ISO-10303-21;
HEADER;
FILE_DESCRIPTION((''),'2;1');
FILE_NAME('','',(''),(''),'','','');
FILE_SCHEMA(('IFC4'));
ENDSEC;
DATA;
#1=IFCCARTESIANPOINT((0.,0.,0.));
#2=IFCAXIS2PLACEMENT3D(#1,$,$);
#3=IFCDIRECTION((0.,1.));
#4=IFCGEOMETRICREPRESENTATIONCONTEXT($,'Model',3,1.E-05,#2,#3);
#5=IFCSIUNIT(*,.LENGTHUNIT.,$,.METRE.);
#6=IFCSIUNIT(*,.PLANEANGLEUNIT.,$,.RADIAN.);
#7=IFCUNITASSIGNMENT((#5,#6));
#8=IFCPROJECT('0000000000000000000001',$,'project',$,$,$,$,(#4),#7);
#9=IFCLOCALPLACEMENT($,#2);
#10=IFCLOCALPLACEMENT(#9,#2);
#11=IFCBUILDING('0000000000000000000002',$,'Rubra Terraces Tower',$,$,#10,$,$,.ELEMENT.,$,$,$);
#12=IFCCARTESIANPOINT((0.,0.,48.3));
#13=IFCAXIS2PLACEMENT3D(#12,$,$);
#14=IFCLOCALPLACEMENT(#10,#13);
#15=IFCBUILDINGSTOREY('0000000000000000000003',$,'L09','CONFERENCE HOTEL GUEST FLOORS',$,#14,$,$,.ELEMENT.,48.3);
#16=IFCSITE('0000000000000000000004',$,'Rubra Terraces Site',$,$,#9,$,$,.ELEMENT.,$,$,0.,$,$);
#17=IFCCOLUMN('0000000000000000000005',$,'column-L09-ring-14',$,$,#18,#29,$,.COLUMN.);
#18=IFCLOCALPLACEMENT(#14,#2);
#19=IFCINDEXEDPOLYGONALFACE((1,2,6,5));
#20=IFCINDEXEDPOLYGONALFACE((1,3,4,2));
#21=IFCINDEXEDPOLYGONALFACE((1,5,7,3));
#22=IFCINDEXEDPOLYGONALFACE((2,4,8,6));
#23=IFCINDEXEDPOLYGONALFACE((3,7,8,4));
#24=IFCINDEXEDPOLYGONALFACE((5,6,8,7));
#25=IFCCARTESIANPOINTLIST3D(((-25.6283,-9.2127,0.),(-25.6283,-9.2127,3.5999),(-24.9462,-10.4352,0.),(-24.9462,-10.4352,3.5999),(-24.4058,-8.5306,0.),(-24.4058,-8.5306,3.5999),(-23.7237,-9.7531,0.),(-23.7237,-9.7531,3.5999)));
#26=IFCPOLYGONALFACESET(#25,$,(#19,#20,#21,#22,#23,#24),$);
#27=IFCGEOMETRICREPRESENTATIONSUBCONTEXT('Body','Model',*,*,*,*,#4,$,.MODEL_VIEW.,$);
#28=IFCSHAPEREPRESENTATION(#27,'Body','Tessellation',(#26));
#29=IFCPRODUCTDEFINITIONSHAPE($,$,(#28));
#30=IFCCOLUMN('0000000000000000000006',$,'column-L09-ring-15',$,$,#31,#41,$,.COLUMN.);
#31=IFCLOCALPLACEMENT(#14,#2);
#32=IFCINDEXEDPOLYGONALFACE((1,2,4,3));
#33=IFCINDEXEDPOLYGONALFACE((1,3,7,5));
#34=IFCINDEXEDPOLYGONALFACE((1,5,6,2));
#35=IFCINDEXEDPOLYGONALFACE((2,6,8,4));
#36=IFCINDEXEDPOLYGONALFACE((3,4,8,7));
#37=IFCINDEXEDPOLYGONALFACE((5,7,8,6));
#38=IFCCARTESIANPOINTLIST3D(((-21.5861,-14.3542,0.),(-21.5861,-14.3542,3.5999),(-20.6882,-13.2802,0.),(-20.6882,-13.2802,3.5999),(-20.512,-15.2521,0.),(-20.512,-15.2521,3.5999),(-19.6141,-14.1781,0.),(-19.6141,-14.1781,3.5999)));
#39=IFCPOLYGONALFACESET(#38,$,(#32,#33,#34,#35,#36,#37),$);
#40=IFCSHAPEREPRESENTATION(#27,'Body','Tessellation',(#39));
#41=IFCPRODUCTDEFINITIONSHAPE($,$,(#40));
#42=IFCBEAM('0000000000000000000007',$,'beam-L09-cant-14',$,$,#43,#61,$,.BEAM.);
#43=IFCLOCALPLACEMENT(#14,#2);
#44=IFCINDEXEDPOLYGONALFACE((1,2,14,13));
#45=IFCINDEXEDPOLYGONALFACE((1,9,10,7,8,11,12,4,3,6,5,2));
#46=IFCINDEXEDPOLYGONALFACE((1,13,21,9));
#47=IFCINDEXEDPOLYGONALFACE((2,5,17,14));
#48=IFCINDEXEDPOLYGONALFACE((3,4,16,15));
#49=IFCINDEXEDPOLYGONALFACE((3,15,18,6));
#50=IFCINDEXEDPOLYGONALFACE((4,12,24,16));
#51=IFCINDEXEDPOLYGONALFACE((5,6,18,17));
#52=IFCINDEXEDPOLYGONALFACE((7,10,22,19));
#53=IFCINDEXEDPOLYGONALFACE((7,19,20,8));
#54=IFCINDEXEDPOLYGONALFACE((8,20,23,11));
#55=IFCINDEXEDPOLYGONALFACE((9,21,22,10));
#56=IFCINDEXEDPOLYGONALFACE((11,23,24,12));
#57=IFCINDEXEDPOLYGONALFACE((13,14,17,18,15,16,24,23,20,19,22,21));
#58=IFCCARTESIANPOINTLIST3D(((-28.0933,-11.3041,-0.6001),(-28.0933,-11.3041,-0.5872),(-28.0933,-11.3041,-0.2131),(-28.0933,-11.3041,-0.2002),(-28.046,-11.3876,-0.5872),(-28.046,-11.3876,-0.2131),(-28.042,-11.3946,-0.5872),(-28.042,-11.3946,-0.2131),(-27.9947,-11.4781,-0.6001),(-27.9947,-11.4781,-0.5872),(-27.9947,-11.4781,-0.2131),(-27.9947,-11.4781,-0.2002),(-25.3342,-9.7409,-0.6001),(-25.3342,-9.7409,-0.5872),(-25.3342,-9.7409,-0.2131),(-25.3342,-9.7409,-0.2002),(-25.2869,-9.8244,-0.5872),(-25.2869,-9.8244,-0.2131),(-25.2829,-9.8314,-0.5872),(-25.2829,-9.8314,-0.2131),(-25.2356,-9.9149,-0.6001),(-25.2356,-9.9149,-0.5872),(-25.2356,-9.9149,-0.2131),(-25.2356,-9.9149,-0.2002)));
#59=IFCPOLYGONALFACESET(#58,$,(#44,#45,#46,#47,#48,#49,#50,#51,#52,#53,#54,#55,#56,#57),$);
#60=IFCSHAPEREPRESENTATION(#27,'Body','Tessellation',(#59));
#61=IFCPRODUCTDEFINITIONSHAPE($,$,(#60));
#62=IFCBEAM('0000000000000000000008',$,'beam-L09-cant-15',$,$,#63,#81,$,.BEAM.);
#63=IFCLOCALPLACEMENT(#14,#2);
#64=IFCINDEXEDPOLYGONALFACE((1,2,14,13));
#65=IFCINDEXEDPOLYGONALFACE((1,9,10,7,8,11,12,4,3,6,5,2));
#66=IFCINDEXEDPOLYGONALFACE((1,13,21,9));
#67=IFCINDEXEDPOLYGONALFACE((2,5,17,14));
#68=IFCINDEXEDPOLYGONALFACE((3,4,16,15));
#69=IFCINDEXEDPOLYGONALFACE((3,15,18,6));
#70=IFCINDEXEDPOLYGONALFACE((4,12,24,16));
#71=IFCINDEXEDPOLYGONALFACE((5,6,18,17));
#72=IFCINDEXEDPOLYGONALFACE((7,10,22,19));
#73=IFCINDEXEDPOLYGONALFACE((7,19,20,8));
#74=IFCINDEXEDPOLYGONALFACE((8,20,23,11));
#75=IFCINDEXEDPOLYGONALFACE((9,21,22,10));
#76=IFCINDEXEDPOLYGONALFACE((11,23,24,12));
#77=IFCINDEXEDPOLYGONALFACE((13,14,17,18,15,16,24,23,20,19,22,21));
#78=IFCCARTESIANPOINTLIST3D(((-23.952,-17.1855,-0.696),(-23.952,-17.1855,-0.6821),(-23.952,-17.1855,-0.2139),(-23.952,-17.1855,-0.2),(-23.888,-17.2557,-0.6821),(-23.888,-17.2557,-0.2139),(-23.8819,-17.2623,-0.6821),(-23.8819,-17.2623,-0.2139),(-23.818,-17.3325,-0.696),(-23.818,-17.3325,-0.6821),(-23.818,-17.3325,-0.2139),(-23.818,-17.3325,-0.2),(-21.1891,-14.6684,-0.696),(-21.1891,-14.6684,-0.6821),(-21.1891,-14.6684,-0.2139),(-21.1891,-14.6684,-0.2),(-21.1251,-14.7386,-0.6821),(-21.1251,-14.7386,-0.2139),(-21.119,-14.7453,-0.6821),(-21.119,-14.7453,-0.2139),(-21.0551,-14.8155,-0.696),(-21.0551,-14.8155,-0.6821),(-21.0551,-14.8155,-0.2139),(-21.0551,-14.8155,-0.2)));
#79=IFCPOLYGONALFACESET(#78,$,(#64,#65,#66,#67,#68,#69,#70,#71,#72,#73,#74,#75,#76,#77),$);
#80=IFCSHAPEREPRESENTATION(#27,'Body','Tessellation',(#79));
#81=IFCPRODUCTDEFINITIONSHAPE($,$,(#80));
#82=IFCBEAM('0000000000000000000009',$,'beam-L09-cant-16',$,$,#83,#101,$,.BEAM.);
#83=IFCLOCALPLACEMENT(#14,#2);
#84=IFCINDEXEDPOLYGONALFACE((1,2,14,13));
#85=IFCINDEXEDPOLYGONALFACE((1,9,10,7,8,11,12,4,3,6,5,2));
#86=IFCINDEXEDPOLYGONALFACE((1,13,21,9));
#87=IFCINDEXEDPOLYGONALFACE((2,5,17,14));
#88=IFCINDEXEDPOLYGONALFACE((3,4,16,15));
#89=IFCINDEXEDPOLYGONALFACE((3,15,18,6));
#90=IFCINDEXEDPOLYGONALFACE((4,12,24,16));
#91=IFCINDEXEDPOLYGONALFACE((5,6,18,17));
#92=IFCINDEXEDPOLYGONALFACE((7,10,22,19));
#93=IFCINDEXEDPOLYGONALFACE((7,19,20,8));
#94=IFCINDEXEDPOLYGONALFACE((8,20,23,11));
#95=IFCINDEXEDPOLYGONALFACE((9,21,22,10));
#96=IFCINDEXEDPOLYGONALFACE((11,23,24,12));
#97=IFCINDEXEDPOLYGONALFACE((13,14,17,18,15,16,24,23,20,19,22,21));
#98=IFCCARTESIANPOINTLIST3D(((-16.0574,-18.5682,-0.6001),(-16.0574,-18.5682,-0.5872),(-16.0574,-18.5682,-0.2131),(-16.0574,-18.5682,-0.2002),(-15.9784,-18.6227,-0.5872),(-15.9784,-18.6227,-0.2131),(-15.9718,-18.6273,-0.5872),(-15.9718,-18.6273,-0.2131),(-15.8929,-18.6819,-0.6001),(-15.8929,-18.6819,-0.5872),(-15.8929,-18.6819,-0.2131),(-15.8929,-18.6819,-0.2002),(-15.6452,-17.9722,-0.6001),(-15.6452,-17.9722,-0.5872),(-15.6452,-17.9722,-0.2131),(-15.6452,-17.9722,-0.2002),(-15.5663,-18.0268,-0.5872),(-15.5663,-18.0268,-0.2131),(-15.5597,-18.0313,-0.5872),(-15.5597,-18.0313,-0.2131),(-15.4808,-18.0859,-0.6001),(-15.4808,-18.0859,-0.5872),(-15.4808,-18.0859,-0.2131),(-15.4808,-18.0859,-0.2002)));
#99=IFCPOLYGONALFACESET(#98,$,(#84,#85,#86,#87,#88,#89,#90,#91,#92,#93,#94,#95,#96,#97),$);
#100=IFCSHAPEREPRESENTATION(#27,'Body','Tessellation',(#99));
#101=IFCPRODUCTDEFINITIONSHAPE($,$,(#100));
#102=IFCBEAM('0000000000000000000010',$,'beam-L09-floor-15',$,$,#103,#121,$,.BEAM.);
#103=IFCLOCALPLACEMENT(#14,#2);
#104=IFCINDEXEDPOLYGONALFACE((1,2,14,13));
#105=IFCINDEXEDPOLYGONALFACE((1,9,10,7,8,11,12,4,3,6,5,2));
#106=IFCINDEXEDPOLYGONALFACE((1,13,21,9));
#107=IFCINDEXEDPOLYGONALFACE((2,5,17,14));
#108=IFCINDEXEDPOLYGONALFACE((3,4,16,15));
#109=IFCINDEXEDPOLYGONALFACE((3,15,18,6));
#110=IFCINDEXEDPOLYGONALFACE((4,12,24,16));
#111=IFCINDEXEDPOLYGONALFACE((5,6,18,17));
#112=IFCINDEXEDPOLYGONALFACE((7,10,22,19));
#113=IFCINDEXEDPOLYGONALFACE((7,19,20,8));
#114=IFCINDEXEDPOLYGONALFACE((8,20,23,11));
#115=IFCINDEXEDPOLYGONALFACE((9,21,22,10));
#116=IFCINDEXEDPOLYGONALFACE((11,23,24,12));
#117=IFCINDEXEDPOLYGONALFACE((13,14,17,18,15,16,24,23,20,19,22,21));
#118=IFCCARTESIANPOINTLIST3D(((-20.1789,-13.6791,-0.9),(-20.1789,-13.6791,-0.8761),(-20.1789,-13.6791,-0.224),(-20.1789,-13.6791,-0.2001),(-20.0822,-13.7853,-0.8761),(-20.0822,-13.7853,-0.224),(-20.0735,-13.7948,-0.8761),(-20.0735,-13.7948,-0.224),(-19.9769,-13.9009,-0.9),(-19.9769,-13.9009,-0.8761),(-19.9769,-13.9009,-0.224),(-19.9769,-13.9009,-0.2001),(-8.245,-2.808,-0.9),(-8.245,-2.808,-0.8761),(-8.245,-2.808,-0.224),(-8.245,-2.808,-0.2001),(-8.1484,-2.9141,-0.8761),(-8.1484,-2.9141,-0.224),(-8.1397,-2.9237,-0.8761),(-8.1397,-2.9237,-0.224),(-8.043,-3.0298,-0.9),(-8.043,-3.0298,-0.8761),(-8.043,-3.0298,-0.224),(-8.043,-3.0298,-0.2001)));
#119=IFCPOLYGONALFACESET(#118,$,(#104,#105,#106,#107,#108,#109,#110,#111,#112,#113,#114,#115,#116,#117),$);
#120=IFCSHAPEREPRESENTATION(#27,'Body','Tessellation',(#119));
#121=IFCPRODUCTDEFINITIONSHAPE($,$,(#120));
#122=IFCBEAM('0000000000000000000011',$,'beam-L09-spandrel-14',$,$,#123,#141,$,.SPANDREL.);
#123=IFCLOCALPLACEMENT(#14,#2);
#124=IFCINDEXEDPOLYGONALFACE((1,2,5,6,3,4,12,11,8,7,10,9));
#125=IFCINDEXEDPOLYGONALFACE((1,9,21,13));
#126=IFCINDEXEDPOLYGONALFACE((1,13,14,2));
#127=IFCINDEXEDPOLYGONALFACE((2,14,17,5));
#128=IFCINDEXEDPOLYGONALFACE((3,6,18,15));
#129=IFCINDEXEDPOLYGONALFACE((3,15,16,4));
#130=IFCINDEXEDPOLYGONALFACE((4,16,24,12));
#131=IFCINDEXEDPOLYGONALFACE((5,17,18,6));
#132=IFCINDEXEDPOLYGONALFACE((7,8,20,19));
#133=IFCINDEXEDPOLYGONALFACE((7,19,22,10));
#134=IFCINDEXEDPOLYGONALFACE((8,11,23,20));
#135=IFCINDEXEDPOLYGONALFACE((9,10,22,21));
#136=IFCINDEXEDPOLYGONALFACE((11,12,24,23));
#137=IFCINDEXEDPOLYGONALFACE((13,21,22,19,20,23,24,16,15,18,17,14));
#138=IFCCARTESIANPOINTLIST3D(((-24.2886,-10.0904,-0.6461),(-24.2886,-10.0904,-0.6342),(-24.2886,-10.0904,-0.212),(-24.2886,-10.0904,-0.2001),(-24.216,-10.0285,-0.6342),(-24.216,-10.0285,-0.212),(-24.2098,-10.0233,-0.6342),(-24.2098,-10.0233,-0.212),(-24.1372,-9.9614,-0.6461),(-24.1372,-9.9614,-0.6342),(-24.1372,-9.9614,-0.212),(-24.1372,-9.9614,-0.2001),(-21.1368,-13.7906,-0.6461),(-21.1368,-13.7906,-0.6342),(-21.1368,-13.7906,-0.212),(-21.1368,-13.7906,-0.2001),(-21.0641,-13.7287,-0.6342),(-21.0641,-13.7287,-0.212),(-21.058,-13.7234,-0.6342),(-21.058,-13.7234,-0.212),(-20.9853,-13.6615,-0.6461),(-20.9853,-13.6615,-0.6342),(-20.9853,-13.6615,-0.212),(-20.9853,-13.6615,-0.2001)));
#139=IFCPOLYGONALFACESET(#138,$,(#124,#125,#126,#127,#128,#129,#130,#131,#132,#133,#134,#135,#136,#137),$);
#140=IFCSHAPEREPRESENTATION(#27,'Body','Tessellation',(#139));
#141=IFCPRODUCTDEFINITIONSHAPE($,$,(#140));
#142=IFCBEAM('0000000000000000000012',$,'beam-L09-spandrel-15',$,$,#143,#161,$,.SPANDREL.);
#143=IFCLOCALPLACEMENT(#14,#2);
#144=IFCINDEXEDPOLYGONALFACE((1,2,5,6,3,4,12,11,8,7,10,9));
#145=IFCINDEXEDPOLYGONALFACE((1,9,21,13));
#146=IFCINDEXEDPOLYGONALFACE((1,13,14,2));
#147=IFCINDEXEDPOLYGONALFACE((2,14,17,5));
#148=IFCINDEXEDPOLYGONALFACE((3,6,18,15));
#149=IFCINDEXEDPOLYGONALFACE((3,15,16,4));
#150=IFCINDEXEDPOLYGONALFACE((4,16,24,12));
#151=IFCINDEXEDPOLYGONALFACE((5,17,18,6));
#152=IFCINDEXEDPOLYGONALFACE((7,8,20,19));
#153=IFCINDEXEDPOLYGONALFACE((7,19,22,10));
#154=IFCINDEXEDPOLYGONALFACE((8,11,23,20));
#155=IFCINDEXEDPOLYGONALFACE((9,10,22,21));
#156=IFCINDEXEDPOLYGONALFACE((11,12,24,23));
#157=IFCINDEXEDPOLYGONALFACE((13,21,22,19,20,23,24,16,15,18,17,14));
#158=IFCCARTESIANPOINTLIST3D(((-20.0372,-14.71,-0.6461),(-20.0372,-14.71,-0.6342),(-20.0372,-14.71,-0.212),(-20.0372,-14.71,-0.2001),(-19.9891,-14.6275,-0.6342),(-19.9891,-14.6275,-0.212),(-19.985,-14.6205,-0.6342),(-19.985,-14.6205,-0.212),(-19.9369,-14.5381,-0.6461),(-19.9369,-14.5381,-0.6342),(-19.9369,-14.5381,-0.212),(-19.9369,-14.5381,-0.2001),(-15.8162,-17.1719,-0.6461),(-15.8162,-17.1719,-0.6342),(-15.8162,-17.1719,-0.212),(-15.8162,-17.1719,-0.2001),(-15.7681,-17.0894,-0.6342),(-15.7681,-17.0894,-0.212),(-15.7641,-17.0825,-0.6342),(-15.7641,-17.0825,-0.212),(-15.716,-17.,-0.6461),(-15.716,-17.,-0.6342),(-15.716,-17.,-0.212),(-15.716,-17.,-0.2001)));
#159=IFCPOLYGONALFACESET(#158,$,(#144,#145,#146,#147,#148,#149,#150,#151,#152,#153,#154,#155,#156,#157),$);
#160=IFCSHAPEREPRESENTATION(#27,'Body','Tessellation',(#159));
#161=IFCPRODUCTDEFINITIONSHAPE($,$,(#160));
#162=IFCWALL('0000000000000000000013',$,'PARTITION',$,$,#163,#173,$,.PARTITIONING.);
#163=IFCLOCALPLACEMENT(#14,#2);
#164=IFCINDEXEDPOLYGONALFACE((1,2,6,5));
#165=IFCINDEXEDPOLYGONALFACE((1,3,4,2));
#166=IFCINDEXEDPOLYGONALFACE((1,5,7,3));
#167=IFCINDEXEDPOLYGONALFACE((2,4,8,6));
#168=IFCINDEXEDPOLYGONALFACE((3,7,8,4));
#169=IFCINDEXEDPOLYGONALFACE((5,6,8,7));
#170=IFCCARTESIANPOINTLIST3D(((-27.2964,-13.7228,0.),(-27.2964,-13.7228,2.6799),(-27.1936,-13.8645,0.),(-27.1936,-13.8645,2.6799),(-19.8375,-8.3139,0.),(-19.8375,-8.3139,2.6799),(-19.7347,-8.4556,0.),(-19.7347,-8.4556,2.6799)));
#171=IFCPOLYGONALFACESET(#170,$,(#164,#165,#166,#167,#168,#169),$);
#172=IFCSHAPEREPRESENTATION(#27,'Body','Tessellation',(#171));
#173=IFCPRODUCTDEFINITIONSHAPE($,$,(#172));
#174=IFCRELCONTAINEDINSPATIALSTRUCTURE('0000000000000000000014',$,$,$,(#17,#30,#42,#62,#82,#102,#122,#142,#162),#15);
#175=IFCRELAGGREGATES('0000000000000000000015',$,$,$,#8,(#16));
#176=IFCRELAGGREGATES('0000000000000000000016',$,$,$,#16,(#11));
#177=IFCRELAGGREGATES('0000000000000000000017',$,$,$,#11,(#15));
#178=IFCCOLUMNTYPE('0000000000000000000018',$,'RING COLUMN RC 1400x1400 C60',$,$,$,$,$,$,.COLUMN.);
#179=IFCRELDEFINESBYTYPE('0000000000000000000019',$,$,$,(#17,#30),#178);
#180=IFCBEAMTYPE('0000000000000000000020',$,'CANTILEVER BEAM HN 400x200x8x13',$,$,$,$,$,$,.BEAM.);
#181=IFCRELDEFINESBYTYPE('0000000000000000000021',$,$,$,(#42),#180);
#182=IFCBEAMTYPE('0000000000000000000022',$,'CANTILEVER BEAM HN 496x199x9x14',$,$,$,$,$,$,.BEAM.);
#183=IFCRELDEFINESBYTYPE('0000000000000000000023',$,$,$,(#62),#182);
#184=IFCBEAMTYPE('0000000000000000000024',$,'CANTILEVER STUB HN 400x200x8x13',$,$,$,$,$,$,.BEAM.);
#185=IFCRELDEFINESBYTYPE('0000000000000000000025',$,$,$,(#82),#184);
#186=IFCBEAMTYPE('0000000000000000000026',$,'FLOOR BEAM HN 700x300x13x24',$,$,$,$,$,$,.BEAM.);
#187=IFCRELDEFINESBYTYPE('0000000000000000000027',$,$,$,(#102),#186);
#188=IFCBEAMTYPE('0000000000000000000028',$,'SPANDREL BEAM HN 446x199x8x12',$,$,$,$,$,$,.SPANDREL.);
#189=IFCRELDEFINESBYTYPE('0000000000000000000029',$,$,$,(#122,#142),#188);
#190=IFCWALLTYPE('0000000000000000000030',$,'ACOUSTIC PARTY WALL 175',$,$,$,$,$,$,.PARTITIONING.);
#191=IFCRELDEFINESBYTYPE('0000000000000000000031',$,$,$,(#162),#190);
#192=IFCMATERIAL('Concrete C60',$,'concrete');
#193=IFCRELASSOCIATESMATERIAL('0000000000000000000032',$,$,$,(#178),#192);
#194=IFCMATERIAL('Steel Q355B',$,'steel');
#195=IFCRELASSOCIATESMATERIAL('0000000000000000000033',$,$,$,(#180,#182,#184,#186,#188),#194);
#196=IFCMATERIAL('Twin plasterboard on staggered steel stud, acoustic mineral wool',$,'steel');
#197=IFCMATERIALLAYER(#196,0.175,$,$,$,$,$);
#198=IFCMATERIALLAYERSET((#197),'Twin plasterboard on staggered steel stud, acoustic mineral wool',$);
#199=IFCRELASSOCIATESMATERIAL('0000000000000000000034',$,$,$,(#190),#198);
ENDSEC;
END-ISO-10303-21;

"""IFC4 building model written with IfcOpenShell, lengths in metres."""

from ifc_helpers import new_model, si_unit, direction, frame, frame_2d, origin, origin_2d, place, context, subcontext, project, spatial, rectangle, i_section, extrude, material, layer, layer_set, material_profile, profile_set, type_object, element, save


model = new_model("IFC4")

# Units and contexts
model_context = context("Model", 3, precision=1e-05, world=origin(), true_north=direction((0.0, 1.0)))
body_context = subcontext(model_context, "Body", "Model", "MODEL_VIEW")
ifc_project = project(units=[si_unit("LENGTHUNIT", "METRE"), si_unit("PLANEANGLEUNIT", "RADIAN")], contexts=[model_context])

# Site, building, storey
site_placement = place(None, origin())
site = spatial("IfcSite", under=ifc_project, at=site_placement, Name="Rubra Terraces Site", CompositionType="ELEMENT", RefElevation=0.0)
building_placement = place(site_placement, origin())
building = spatial("IfcBuilding", under=site, at=building_placement, Name="Rubra Terraces Tower", CompositionType="ELEMENT")
storey_placement = place(building_placement, frame((0.0, 0.0, 48.3)))
storey = spatial("IfcBuildingStorey", under=building, at=storey_placement, Name="L09", Description="CONFERENCE HOTEL GUEST FLOORS", CompositionType="ELEMENT", Elevation=48.3)

# Columns
ifc_material_1 = material(Name="Concrete C60", Category="concrete")
ifc_material_profile_1 = material_profile(ifc_material_1, rectangle(XDim=1.3999, YDim=1.3999, at=origin_2d()), Name="RC 1400x1400")
ifc_profile_set_1 = profile_set([ifc_material_profile_1], Name="Concrete C60")
column_type = type_object("IfcColumnType", Name="RING COLUMN RC 1400x1400 C60", PredefinedType="COLUMN", material=ifc_profile_set_1)
for number, where, z_axis, x_axis, name in (
    (1, (-24.676, -9.4829, 0.0), (0.0, 0.0, 1.0), (0.487227, -0.873276, 0.0), "column-L09-ring-14"),
    (2, (-20.6001, -14.2661, 0.0), (0.0, 0.0, 1.0), (0.76721, -0.641397, 0.0), "column-L09-ring-15"),
):
    element("IfcColumn", number, at=place(storey_placement, frame(where, z_axis=z_axis, x_axis=x_axis)), inside=storey, type_object=column_type, Name=name, PredefinedType="COLUMN", context=body_context, shape_type="SweptSolid", body=[
        extrude(rectangle(XDim=1.3999, YDim=1.3999, at=origin_2d()), origin(), (0.0, 0.0, 1.0), 3.5999),
    ])

# Beams
ifc_material_2 = material(Name="Steel Q355B", Category="steel")
ifc_material_profile_2 = material_profile(ifc_material_2, i_section(OverallWidth=0.2, OverallDepth=0.3999, WebThickness=0.0081, FlangeThickness=0.0129, at=origin_2d()), Name="HN 400x200x8x13")
ifc_profile_set_2 = profile_set([ifc_material_profile_2], Name="Steel Q355B")
beam_type_1 = type_object("IfcBeamType", Name="CANTILEVER BEAM HN 400x200x8x13", PredefinedType="BEAM", material=ifc_profile_set_2)
beam_1_placement = place(storey_placement, frame((-25.2849, -9.8279, -0.4001), z_axis=(-0.870052, -0.49296, 0.0), x_axis=(0.49296, -0.870052, 0.0)))
element("IfcBeam", 3, at=beam_1_placement, inside=storey, type_object=beam_type_1, Name="beam-L09-cant-14", PredefinedType="BEAM", context=body_context, shape_type="SweptSolid", body=[
    extrude(i_section(OverallWidth=0.2, OverallDepth=0.3999, WebThickness=0.0081, FlangeThickness=0.0129, at=origin_2d()), origin(), (0.0, 0.0, 1.0), 3.1711),
])
ifc_material_profile_3 = material_profile(ifc_material_2, i_section(OverallWidth=0.199, OverallDepth=0.4961, WebThickness=0.009, FlangeThickness=0.0139, at=origin_2d()), Name="HN 496x199x9x14")
ifc_profile_set_3 = profile_set([ifc_material_profile_3], Name="Steel Q355B")
beam_type_2 = type_object("IfcBeamType", Name="CANTILEVER BEAM HN 496x199x9x14", PredefinedType="BEAM", material=ifc_profile_set_3)
beam_2_placement = place(storey_placement, frame((-21.1221, -14.7419, -0.448), z_axis=(-0.73923, -0.673453, 0.0), x_axis=(0.673453, -0.73923, 0.0)))
element("IfcBeam", 4, at=beam_2_placement, inside=storey, type_object=beam_type_2, Name="beam-L09-cant-15", PredefinedType="BEAM", context=body_context, shape_type="SweptSolid", body=[
    extrude(i_section(OverallWidth=0.199, OverallDepth=0.4961, WebThickness=0.009, FlangeThickness=0.0139, at=origin_2d()), origin(), (0.0, 0.0, 1.0), 3.7375),
])
ifc_material_profile_4 = material_profile(ifc_material_2, i_section(OverallWidth=0.2, OverallDepth=0.3999, WebThickness=0.0081, FlangeThickness=0.0129, at=origin_2d()), Name="HN 400x200x8x13")
ifc_profile_set_4 = profile_set([ifc_material_profile_4], Name="Steel Q355B")
beam_type_3 = type_object("IfcBeamType", Name="CANTILEVER STUB HN 400x200x8x13", PredefinedType="BEAM", material=ifc_profile_set_4)
beam_3_placement = place(storey_placement, frame((-15.563, -18.0291, -0.4001), z_axis=(-0.568772, -0.822495, 0.0), x_axis=(0.822495, -0.568772, 0.0)))
element("IfcBeam", 5, at=beam_3_placement, inside=storey, type_object=beam_type_3, Name="beam-L09-cant-16", PredefinedType="BEAM", context=body_context, shape_type="SweptSolid", body=[
    extrude(i_section(OverallWidth=0.2, OverallDepth=0.3999, WebThickness=0.0081, FlangeThickness=0.0129, at=origin_2d()), origin(), (0.0, 0.0, 1.0), 0.7246),
])
ifc_material_profile_5 = material_profile(ifc_material_2, i_section(OverallWidth=0.3, OverallDepth=0.7, WebThickness=0.0129, FlangeThickness=0.0239, at=origin_2d()), Name="HN 700x300x13x24")
ifc_profile_set_5 = profile_set([ifc_material_profile_5], Name="Steel Q355B")
beam_type_4 = type_object("IfcBeamType", Name="FLOOR BEAM HN 700x300x13x24", PredefinedType="BEAM", material=ifc_profile_set_5)
beam_4_placement = place(storey_placement, frame((-20.0779, -13.79, -0.55), z_axis=(0.739257, 0.673424, 0.0), x_axis=(-0.673424, 0.739257, 0.0)))
element("IfcBeam", 6, at=beam_4_placement, inside=storey, type_object=beam_type_4, Name="beam-L09-floor-15", PredefinedType="BEAM", context=body_context, shape_type="SweptSolid", body=[
    extrude(i_section(OverallWidth=0.3, OverallDepth=0.7, WebThickness=0.0129, FlangeThickness=0.0239, at=origin_2d()), origin(), (0.0, 0.0, 1.0), 16.1431),
])
ifc_material_profile_6 = material_profile(ifc_material_2, i_section(OverallWidth=0.199, OverallDepth=0.446, WebThickness=0.0081, FlangeThickness=0.012, at=origin_2d()), Name="HN 446x199x8x12")
ifc_profile_set_6 = profile_set([ifc_material_profile_6], Name="Steel Q355B")
beam_type_5 = type_object("IfcBeamType", Name="SPANDREL BEAM HN 446x199x8x12", PredefinedType="SPANDREL", material=ifc_profile_set_6)
beam_5_placement = place(storey_placement, frame((-24.2129, -10.0259, -0.4231), z_axis=(0.648447, -0.76126, 0.0), x_axis=(0.76126, 0.648447, 0.0)))
element("IfcBeam", 7, at=beam_5_placement, inside=storey, type_object=beam_type_5, Name="beam-L09-spandrel-14", PredefinedType="SPANDREL", context=body_context, shape_type="SweptSolid", body=[
    extrude(i_section(OverallWidth=0.199, OverallDepth=0.446, WebThickness=0.0081, FlangeThickness=0.012, at=origin_2d()), origin(), (0.0, 0.0, 1.0), 4.8606),
])
beam_6_placement = place(storey_placement, frame((-19.9871, -14.624, -0.4231), z_axis=(0.863806, -0.503824, 0.0), x_axis=(0.503824, 0.863806, 0.0)))
element("IfcBeam", 8, at=beam_6_placement, inside=storey, type_object=beam_type_5, Name="beam-L09-spandrel-15", PredefinedType="SPANDREL", context=body_context, shape_type="SweptSolid", body=[
    extrude(i_section(OverallWidth=0.199, OverallDepth=0.446, WebThickness=0.0081, FlangeThickness=0.012, at=origin_2d()), origin(), (0.0, 0.0, 1.0), 4.8865),
])

# Wall
ifc_material_3 = material(Name="Twin plasterboard on staggered steel stud, acoustic mineral wool", Category="steel")
ifc_layer_1 = layer(ifc_material_3, 0.175)
ifc_layer_set_1 = layer_set([ifc_layer_1], Name="Twin plasterboard on staggered steel stud, acoustic mineral wool")
wall_type_1 = type_object("IfcWallType", Name="ACOUSTIC PARTY WALL 175", PredefinedType="PARTITIONING", material=ifc_layer_set_1)
wall_1_placement = place(storey_placement, frame((-27.2451, -13.7937, 0.0), z_axis=(0.0, 0.0, 1.0), x_axis=(0.80955, 0.587051, 0.0)))
element("IfcWall", 9, at=wall_1_placement, inside=storey, type_object=wall_type_1, Name="PARTITION", PredefinedType="PARTITIONING", context=body_context, shape_type="SweptSolid", body=[
    extrude(rectangle(XDim=9.2136, YDim=0.175, at=frame_2d((4.6069, 0.0))), origin(), (0.0, 0.0, 1.0), 2.6799),
])

save(model, "model.ifc")
